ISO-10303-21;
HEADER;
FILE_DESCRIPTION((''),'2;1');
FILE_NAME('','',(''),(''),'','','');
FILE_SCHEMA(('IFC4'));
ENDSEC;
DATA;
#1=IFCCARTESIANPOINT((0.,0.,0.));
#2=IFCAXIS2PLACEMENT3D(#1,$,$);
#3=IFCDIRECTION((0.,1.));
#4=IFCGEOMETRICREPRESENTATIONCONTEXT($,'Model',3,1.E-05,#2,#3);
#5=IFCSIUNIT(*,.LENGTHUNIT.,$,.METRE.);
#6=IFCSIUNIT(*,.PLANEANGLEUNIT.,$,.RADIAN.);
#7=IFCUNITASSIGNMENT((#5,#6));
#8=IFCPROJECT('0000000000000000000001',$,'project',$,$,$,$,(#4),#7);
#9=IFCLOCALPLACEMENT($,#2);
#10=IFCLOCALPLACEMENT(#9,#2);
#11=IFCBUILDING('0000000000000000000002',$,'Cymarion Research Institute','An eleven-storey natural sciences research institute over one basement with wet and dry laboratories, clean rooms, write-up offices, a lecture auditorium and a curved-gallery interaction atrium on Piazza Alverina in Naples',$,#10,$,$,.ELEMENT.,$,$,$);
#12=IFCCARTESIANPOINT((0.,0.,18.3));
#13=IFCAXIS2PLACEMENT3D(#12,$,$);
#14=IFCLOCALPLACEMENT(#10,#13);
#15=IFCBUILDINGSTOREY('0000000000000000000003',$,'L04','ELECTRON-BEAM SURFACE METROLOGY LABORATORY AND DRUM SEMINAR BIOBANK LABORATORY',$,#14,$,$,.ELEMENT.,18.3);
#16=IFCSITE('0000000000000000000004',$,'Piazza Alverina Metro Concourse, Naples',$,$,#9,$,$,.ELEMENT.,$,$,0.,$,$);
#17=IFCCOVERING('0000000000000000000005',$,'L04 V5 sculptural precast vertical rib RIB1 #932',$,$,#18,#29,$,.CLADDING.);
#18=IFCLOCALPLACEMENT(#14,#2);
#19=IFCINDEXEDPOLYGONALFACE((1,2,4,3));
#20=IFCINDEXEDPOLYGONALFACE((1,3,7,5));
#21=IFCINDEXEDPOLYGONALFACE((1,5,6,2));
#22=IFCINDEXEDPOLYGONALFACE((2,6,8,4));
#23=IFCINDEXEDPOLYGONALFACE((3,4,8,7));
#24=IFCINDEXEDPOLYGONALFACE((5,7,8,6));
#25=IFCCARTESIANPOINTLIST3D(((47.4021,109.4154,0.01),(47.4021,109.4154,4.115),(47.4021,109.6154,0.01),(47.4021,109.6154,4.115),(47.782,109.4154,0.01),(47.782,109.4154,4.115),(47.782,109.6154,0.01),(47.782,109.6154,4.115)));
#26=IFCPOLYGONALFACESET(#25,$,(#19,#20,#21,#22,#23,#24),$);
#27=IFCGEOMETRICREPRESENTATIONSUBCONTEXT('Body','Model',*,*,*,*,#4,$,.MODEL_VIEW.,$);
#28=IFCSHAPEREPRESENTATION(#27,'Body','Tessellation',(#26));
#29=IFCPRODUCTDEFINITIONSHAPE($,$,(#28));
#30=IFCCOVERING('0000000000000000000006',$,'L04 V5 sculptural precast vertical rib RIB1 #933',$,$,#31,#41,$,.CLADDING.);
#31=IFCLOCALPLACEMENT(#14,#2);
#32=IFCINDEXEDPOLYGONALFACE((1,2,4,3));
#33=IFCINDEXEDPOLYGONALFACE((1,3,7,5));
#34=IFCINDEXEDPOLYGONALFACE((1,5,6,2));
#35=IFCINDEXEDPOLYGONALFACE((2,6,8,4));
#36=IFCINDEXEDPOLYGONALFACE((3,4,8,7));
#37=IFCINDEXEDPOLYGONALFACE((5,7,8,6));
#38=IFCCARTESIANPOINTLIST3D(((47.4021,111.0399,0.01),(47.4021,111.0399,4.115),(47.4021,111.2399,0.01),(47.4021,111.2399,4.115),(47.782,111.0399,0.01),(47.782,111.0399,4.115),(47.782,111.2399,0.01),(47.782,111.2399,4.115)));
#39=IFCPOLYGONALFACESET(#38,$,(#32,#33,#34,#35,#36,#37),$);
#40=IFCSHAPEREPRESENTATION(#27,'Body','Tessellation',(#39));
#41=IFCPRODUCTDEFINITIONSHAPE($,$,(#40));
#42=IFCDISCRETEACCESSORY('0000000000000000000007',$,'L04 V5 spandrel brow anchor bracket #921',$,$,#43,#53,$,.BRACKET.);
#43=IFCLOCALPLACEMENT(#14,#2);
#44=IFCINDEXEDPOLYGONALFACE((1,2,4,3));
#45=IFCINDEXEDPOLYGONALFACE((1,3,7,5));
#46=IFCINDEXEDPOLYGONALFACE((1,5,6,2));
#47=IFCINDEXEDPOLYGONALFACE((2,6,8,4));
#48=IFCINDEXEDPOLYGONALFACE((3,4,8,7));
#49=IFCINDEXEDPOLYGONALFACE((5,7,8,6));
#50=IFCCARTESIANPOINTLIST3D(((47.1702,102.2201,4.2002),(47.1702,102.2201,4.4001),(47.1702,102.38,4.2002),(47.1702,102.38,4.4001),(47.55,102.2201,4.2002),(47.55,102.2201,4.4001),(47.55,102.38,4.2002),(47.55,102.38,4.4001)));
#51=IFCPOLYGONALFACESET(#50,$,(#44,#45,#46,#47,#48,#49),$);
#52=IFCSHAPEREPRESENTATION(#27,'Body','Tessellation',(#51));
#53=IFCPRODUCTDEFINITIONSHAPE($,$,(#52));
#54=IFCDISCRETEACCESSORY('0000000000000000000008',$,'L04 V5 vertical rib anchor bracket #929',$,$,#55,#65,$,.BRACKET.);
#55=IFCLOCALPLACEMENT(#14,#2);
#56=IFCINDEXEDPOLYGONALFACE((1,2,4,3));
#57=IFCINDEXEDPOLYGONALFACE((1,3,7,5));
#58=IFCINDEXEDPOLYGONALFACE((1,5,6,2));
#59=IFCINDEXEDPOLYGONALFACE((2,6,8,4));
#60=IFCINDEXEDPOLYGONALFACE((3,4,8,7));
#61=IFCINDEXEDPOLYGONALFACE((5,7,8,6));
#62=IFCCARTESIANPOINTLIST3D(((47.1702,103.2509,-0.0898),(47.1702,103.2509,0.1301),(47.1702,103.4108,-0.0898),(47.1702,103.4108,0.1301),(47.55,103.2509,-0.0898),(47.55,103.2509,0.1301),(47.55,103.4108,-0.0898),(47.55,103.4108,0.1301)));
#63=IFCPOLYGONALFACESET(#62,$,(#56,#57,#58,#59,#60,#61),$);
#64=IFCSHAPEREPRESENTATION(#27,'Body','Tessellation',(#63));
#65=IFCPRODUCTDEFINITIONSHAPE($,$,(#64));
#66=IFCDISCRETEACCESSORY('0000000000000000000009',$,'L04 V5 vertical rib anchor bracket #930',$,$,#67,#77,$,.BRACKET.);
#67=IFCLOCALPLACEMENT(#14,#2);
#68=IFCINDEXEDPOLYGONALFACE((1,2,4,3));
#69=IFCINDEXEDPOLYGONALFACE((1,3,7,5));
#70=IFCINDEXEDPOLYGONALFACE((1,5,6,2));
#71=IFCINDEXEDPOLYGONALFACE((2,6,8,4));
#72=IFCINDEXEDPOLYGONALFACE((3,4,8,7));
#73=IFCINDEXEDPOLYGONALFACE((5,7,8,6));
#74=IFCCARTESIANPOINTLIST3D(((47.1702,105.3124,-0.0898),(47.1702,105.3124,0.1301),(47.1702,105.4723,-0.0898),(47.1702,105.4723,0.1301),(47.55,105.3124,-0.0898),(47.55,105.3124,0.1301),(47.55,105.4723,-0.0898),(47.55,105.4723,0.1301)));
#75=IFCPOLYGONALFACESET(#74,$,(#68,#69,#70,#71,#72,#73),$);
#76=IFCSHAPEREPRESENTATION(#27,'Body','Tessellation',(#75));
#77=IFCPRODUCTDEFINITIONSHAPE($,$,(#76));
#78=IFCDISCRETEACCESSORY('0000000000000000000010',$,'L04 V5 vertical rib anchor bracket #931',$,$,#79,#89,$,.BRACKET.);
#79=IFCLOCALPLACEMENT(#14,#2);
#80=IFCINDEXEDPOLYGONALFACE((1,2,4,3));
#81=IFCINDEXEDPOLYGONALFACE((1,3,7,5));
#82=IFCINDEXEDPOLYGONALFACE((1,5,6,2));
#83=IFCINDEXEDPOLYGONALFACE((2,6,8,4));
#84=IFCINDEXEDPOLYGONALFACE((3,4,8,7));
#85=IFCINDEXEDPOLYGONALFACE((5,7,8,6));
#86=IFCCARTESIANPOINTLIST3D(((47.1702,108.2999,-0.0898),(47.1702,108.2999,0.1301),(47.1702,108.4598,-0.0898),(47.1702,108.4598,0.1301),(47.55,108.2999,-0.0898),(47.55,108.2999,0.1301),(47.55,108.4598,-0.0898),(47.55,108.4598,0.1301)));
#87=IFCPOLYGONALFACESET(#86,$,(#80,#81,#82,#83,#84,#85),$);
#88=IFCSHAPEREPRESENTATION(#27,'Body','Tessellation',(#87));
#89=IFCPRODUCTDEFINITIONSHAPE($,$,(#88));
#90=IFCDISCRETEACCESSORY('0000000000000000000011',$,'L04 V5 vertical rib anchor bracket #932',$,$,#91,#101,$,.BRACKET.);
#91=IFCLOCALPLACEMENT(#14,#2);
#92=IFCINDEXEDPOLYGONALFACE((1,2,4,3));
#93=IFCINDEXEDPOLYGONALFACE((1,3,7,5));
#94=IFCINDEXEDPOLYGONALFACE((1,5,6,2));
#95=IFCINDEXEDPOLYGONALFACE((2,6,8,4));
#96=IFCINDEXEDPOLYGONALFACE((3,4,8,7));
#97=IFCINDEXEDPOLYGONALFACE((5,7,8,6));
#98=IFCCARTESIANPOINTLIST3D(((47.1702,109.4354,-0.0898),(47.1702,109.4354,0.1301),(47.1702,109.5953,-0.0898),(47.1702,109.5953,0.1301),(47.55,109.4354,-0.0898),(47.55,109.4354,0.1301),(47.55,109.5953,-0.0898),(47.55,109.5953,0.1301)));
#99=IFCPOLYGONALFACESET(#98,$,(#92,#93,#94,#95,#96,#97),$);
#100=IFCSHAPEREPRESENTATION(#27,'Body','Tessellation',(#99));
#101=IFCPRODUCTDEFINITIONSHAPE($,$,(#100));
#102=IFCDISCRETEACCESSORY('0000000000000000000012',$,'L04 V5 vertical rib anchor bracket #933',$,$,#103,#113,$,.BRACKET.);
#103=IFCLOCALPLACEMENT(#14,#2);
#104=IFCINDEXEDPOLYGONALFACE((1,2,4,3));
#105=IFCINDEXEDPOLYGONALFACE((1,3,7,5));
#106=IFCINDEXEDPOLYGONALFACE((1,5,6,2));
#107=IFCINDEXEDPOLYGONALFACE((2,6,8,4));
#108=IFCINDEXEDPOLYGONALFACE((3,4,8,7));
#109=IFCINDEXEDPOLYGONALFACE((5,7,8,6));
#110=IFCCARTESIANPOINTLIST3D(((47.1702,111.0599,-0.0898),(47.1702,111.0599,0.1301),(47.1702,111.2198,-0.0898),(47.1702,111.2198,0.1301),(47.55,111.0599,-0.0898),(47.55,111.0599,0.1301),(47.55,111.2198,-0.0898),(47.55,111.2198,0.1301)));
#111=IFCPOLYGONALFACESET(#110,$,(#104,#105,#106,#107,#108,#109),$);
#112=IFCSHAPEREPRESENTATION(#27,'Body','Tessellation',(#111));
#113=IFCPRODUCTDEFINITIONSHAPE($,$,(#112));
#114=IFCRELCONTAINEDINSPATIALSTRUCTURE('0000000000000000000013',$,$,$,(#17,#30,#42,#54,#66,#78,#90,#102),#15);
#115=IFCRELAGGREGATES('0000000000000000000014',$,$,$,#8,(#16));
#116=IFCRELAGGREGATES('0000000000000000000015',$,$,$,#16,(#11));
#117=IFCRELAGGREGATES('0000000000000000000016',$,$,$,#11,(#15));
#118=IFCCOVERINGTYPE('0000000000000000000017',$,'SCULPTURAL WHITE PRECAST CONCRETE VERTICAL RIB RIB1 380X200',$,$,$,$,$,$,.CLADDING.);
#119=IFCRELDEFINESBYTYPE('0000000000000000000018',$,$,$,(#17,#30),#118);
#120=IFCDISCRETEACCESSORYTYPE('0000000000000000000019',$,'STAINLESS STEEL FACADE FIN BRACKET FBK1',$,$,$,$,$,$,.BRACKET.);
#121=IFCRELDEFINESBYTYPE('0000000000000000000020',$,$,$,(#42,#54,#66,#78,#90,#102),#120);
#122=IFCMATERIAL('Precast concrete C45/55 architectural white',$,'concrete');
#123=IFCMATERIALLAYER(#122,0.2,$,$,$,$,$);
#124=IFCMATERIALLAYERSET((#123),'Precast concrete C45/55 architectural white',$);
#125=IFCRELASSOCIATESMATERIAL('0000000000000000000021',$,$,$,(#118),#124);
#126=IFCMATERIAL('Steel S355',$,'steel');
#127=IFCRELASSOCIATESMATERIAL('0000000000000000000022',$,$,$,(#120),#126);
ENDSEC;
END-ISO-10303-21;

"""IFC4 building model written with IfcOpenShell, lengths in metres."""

from ifc_helpers import new_model, si_unit, direction, frame, origin, origin_2d, place, context, subcontext, project, spatial, rectangle, extrude, material, layer, layer_set, type_object, element, save


model = new_model("IFC4")

# Units and contexts
model_context = context("Model", 3, precision=1e-05, world=origin(), true_north=direction((0.0, 1.0)))
body_context = subcontext(model_context, "Body", "Model", "MODEL_VIEW")
ifc_project = project(units=[si_unit("LENGTHUNIT", "METRE"), si_unit("PLANEANGLEUNIT", "RADIAN")], contexts=[model_context])

# Site, building, storey
site_placement = place(None, origin())
site = spatial("IfcSite", under=ifc_project, at=site_placement, Name="Piazza Alverina Metro Concourse, Naples", CompositionType="ELEMENT", RefElevation=0.0)
building_placement = place(site_placement, origin())
building = spatial("IfcBuilding", under=site, at=building_placement, Name="Cymarion Research Institute", Description="An eleven-storey natural sciences research institute over one basement with wet and dry laboratories, clean rooms, write-up offices, a lecture auditorium and a curved-gallery interaction atrium on Piazza Alverina in Naples", CompositionType="ELEMENT")
storey_placement = place(building_placement, frame((0.0, 0.0, 18.3)))
storey = spatial("IfcBuildingStorey", under=building, at=storey_placement, Name="L04", Description="ELECTRON-BEAM SURFACE METROLOGY LABORATORY AND DRUM SEMINAR BIOBANK LABORATORY", CompositionType="ELEMENT", Elevation=18.3)

# Shared definitions
ifc_material_1 = material(Name="Steel S355", Category="steel")

# Coverings
ifc_material_2 = material(Name="Precast concrete C45/55 architectural white", Category="concrete")
ifc_layer_1 = layer(ifc_material_2, 0.2)
ifc_layer_set_1 = layer_set([ifc_layer_1], Name="Precast concrete C45/55 architectural white")
covering_type_1 = type_object("IfcCoveringType", Name="SCULPTURAL WHITE PRECAST CONCRETE VERTICAL RIB RIB1 380X200", PredefinedType="CLADDING", material=ifc_layer_set_1)
for number, where, z_axis, x_axis, name in (
    (1, (47.592, 109.5154, 0.01), (0.0, 0.0, 1.0), (1.0, 0.0, 0.0), "L04 V5 sculptural precast vertical rib RIB1 #932"),
    (2, (47.592, 111.1399, 0.01), (0.0, 0.0, 1.0), (1.0, 0.0, 0.0), "L04 V5 sculptural precast vertical rib RIB1 #933"),
):
    element("IfcCovering", number, at=place(storey_placement, frame(where, z_axis=z_axis, x_axis=x_axis)), inside=storey, type_object=covering_type_1, Name=name, PredefinedType="CLADDING", context=body_context, shape_type="SweptSolid", body=[
        extrude(rectangle(XDim=0.3799, YDim=0.2, at=origin_2d()), origin(), (0.0, 0.0, 1.0), 4.105),
    ])

# Discrete accessories
discrete_accessory_type = type_object("IfcDiscreteAccessoryType", Name="STAINLESS STEEL FACADE FIN BRACKET FBK1", PredefinedType="BRACKET", material=ifc_material_1)
discrete_accessory_placement = place(storey_placement, frame((47.3601, 102.3, 4.2002), z_axis=(0.0, 0.0, 1.0), x_axis=(1.0, 0.0, 0.0)))
element("IfcDiscreteAccessory", 3, at=discrete_accessory_placement, inside=storey, type_object=discrete_accessory_type, Name="L04 V5 spandrel brow anchor bracket #921", PredefinedType="BRACKET", context=body_context, shape_type="SweptSolid", body=[
    extrude(rectangle(XDim=0.3799, YDim=0.1599, at=origin_2d()), origin(), (0.0, 0.0, 1.0), 0.2),
])
for number, where, z_axis, x_axis, name in (
    (4, (47.3601, 103.3308, -0.0898), (0.0, 0.0, 1.0), (1.0, 0.0, 0.0), "L04 V5 vertical rib anchor bracket #929"),
    (5, (47.3601, 105.3923, -0.0898), (0.0, 0.0, 1.0), (1.0, 0.0, 0.0), "L04 V5 vertical rib anchor bracket #930"),
    (6, (47.3601, 108.3799, -0.0898), (0.0, 0.0, 1.0), (1.0, 0.0, 0.0), "L04 V5 vertical rib anchor bracket #931"),
    (7, (47.3601, 109.5154, -0.0898), (0.0, 0.0, 1.0), (1.0, 0.0, 0.0), "L04 V5 vertical rib anchor bracket #932"),
    (8, (47.3601, 111.1399, -0.0898), (0.0, 0.0, 1.0), (1.0, 0.0, 0.0), "L04 V5 vertical rib anchor bracket #933"),
):
    element("IfcDiscreteAccessory", number, at=place(storey_placement, frame(where, z_axis=z_axis, x_axis=x_axis)), inside=storey, type_object=discrete_accessory_type, Name=name, PredefinedType="BRACKET", context=body_context, shape_type="SweptSolid", body=[
        extrude(rectangle(XDim=0.3799, YDim=0.1599, at=origin_2d()), origin(), (0.0, 0.0, 1.0), 0.22),
    ])

save(model, "model.ifc")
